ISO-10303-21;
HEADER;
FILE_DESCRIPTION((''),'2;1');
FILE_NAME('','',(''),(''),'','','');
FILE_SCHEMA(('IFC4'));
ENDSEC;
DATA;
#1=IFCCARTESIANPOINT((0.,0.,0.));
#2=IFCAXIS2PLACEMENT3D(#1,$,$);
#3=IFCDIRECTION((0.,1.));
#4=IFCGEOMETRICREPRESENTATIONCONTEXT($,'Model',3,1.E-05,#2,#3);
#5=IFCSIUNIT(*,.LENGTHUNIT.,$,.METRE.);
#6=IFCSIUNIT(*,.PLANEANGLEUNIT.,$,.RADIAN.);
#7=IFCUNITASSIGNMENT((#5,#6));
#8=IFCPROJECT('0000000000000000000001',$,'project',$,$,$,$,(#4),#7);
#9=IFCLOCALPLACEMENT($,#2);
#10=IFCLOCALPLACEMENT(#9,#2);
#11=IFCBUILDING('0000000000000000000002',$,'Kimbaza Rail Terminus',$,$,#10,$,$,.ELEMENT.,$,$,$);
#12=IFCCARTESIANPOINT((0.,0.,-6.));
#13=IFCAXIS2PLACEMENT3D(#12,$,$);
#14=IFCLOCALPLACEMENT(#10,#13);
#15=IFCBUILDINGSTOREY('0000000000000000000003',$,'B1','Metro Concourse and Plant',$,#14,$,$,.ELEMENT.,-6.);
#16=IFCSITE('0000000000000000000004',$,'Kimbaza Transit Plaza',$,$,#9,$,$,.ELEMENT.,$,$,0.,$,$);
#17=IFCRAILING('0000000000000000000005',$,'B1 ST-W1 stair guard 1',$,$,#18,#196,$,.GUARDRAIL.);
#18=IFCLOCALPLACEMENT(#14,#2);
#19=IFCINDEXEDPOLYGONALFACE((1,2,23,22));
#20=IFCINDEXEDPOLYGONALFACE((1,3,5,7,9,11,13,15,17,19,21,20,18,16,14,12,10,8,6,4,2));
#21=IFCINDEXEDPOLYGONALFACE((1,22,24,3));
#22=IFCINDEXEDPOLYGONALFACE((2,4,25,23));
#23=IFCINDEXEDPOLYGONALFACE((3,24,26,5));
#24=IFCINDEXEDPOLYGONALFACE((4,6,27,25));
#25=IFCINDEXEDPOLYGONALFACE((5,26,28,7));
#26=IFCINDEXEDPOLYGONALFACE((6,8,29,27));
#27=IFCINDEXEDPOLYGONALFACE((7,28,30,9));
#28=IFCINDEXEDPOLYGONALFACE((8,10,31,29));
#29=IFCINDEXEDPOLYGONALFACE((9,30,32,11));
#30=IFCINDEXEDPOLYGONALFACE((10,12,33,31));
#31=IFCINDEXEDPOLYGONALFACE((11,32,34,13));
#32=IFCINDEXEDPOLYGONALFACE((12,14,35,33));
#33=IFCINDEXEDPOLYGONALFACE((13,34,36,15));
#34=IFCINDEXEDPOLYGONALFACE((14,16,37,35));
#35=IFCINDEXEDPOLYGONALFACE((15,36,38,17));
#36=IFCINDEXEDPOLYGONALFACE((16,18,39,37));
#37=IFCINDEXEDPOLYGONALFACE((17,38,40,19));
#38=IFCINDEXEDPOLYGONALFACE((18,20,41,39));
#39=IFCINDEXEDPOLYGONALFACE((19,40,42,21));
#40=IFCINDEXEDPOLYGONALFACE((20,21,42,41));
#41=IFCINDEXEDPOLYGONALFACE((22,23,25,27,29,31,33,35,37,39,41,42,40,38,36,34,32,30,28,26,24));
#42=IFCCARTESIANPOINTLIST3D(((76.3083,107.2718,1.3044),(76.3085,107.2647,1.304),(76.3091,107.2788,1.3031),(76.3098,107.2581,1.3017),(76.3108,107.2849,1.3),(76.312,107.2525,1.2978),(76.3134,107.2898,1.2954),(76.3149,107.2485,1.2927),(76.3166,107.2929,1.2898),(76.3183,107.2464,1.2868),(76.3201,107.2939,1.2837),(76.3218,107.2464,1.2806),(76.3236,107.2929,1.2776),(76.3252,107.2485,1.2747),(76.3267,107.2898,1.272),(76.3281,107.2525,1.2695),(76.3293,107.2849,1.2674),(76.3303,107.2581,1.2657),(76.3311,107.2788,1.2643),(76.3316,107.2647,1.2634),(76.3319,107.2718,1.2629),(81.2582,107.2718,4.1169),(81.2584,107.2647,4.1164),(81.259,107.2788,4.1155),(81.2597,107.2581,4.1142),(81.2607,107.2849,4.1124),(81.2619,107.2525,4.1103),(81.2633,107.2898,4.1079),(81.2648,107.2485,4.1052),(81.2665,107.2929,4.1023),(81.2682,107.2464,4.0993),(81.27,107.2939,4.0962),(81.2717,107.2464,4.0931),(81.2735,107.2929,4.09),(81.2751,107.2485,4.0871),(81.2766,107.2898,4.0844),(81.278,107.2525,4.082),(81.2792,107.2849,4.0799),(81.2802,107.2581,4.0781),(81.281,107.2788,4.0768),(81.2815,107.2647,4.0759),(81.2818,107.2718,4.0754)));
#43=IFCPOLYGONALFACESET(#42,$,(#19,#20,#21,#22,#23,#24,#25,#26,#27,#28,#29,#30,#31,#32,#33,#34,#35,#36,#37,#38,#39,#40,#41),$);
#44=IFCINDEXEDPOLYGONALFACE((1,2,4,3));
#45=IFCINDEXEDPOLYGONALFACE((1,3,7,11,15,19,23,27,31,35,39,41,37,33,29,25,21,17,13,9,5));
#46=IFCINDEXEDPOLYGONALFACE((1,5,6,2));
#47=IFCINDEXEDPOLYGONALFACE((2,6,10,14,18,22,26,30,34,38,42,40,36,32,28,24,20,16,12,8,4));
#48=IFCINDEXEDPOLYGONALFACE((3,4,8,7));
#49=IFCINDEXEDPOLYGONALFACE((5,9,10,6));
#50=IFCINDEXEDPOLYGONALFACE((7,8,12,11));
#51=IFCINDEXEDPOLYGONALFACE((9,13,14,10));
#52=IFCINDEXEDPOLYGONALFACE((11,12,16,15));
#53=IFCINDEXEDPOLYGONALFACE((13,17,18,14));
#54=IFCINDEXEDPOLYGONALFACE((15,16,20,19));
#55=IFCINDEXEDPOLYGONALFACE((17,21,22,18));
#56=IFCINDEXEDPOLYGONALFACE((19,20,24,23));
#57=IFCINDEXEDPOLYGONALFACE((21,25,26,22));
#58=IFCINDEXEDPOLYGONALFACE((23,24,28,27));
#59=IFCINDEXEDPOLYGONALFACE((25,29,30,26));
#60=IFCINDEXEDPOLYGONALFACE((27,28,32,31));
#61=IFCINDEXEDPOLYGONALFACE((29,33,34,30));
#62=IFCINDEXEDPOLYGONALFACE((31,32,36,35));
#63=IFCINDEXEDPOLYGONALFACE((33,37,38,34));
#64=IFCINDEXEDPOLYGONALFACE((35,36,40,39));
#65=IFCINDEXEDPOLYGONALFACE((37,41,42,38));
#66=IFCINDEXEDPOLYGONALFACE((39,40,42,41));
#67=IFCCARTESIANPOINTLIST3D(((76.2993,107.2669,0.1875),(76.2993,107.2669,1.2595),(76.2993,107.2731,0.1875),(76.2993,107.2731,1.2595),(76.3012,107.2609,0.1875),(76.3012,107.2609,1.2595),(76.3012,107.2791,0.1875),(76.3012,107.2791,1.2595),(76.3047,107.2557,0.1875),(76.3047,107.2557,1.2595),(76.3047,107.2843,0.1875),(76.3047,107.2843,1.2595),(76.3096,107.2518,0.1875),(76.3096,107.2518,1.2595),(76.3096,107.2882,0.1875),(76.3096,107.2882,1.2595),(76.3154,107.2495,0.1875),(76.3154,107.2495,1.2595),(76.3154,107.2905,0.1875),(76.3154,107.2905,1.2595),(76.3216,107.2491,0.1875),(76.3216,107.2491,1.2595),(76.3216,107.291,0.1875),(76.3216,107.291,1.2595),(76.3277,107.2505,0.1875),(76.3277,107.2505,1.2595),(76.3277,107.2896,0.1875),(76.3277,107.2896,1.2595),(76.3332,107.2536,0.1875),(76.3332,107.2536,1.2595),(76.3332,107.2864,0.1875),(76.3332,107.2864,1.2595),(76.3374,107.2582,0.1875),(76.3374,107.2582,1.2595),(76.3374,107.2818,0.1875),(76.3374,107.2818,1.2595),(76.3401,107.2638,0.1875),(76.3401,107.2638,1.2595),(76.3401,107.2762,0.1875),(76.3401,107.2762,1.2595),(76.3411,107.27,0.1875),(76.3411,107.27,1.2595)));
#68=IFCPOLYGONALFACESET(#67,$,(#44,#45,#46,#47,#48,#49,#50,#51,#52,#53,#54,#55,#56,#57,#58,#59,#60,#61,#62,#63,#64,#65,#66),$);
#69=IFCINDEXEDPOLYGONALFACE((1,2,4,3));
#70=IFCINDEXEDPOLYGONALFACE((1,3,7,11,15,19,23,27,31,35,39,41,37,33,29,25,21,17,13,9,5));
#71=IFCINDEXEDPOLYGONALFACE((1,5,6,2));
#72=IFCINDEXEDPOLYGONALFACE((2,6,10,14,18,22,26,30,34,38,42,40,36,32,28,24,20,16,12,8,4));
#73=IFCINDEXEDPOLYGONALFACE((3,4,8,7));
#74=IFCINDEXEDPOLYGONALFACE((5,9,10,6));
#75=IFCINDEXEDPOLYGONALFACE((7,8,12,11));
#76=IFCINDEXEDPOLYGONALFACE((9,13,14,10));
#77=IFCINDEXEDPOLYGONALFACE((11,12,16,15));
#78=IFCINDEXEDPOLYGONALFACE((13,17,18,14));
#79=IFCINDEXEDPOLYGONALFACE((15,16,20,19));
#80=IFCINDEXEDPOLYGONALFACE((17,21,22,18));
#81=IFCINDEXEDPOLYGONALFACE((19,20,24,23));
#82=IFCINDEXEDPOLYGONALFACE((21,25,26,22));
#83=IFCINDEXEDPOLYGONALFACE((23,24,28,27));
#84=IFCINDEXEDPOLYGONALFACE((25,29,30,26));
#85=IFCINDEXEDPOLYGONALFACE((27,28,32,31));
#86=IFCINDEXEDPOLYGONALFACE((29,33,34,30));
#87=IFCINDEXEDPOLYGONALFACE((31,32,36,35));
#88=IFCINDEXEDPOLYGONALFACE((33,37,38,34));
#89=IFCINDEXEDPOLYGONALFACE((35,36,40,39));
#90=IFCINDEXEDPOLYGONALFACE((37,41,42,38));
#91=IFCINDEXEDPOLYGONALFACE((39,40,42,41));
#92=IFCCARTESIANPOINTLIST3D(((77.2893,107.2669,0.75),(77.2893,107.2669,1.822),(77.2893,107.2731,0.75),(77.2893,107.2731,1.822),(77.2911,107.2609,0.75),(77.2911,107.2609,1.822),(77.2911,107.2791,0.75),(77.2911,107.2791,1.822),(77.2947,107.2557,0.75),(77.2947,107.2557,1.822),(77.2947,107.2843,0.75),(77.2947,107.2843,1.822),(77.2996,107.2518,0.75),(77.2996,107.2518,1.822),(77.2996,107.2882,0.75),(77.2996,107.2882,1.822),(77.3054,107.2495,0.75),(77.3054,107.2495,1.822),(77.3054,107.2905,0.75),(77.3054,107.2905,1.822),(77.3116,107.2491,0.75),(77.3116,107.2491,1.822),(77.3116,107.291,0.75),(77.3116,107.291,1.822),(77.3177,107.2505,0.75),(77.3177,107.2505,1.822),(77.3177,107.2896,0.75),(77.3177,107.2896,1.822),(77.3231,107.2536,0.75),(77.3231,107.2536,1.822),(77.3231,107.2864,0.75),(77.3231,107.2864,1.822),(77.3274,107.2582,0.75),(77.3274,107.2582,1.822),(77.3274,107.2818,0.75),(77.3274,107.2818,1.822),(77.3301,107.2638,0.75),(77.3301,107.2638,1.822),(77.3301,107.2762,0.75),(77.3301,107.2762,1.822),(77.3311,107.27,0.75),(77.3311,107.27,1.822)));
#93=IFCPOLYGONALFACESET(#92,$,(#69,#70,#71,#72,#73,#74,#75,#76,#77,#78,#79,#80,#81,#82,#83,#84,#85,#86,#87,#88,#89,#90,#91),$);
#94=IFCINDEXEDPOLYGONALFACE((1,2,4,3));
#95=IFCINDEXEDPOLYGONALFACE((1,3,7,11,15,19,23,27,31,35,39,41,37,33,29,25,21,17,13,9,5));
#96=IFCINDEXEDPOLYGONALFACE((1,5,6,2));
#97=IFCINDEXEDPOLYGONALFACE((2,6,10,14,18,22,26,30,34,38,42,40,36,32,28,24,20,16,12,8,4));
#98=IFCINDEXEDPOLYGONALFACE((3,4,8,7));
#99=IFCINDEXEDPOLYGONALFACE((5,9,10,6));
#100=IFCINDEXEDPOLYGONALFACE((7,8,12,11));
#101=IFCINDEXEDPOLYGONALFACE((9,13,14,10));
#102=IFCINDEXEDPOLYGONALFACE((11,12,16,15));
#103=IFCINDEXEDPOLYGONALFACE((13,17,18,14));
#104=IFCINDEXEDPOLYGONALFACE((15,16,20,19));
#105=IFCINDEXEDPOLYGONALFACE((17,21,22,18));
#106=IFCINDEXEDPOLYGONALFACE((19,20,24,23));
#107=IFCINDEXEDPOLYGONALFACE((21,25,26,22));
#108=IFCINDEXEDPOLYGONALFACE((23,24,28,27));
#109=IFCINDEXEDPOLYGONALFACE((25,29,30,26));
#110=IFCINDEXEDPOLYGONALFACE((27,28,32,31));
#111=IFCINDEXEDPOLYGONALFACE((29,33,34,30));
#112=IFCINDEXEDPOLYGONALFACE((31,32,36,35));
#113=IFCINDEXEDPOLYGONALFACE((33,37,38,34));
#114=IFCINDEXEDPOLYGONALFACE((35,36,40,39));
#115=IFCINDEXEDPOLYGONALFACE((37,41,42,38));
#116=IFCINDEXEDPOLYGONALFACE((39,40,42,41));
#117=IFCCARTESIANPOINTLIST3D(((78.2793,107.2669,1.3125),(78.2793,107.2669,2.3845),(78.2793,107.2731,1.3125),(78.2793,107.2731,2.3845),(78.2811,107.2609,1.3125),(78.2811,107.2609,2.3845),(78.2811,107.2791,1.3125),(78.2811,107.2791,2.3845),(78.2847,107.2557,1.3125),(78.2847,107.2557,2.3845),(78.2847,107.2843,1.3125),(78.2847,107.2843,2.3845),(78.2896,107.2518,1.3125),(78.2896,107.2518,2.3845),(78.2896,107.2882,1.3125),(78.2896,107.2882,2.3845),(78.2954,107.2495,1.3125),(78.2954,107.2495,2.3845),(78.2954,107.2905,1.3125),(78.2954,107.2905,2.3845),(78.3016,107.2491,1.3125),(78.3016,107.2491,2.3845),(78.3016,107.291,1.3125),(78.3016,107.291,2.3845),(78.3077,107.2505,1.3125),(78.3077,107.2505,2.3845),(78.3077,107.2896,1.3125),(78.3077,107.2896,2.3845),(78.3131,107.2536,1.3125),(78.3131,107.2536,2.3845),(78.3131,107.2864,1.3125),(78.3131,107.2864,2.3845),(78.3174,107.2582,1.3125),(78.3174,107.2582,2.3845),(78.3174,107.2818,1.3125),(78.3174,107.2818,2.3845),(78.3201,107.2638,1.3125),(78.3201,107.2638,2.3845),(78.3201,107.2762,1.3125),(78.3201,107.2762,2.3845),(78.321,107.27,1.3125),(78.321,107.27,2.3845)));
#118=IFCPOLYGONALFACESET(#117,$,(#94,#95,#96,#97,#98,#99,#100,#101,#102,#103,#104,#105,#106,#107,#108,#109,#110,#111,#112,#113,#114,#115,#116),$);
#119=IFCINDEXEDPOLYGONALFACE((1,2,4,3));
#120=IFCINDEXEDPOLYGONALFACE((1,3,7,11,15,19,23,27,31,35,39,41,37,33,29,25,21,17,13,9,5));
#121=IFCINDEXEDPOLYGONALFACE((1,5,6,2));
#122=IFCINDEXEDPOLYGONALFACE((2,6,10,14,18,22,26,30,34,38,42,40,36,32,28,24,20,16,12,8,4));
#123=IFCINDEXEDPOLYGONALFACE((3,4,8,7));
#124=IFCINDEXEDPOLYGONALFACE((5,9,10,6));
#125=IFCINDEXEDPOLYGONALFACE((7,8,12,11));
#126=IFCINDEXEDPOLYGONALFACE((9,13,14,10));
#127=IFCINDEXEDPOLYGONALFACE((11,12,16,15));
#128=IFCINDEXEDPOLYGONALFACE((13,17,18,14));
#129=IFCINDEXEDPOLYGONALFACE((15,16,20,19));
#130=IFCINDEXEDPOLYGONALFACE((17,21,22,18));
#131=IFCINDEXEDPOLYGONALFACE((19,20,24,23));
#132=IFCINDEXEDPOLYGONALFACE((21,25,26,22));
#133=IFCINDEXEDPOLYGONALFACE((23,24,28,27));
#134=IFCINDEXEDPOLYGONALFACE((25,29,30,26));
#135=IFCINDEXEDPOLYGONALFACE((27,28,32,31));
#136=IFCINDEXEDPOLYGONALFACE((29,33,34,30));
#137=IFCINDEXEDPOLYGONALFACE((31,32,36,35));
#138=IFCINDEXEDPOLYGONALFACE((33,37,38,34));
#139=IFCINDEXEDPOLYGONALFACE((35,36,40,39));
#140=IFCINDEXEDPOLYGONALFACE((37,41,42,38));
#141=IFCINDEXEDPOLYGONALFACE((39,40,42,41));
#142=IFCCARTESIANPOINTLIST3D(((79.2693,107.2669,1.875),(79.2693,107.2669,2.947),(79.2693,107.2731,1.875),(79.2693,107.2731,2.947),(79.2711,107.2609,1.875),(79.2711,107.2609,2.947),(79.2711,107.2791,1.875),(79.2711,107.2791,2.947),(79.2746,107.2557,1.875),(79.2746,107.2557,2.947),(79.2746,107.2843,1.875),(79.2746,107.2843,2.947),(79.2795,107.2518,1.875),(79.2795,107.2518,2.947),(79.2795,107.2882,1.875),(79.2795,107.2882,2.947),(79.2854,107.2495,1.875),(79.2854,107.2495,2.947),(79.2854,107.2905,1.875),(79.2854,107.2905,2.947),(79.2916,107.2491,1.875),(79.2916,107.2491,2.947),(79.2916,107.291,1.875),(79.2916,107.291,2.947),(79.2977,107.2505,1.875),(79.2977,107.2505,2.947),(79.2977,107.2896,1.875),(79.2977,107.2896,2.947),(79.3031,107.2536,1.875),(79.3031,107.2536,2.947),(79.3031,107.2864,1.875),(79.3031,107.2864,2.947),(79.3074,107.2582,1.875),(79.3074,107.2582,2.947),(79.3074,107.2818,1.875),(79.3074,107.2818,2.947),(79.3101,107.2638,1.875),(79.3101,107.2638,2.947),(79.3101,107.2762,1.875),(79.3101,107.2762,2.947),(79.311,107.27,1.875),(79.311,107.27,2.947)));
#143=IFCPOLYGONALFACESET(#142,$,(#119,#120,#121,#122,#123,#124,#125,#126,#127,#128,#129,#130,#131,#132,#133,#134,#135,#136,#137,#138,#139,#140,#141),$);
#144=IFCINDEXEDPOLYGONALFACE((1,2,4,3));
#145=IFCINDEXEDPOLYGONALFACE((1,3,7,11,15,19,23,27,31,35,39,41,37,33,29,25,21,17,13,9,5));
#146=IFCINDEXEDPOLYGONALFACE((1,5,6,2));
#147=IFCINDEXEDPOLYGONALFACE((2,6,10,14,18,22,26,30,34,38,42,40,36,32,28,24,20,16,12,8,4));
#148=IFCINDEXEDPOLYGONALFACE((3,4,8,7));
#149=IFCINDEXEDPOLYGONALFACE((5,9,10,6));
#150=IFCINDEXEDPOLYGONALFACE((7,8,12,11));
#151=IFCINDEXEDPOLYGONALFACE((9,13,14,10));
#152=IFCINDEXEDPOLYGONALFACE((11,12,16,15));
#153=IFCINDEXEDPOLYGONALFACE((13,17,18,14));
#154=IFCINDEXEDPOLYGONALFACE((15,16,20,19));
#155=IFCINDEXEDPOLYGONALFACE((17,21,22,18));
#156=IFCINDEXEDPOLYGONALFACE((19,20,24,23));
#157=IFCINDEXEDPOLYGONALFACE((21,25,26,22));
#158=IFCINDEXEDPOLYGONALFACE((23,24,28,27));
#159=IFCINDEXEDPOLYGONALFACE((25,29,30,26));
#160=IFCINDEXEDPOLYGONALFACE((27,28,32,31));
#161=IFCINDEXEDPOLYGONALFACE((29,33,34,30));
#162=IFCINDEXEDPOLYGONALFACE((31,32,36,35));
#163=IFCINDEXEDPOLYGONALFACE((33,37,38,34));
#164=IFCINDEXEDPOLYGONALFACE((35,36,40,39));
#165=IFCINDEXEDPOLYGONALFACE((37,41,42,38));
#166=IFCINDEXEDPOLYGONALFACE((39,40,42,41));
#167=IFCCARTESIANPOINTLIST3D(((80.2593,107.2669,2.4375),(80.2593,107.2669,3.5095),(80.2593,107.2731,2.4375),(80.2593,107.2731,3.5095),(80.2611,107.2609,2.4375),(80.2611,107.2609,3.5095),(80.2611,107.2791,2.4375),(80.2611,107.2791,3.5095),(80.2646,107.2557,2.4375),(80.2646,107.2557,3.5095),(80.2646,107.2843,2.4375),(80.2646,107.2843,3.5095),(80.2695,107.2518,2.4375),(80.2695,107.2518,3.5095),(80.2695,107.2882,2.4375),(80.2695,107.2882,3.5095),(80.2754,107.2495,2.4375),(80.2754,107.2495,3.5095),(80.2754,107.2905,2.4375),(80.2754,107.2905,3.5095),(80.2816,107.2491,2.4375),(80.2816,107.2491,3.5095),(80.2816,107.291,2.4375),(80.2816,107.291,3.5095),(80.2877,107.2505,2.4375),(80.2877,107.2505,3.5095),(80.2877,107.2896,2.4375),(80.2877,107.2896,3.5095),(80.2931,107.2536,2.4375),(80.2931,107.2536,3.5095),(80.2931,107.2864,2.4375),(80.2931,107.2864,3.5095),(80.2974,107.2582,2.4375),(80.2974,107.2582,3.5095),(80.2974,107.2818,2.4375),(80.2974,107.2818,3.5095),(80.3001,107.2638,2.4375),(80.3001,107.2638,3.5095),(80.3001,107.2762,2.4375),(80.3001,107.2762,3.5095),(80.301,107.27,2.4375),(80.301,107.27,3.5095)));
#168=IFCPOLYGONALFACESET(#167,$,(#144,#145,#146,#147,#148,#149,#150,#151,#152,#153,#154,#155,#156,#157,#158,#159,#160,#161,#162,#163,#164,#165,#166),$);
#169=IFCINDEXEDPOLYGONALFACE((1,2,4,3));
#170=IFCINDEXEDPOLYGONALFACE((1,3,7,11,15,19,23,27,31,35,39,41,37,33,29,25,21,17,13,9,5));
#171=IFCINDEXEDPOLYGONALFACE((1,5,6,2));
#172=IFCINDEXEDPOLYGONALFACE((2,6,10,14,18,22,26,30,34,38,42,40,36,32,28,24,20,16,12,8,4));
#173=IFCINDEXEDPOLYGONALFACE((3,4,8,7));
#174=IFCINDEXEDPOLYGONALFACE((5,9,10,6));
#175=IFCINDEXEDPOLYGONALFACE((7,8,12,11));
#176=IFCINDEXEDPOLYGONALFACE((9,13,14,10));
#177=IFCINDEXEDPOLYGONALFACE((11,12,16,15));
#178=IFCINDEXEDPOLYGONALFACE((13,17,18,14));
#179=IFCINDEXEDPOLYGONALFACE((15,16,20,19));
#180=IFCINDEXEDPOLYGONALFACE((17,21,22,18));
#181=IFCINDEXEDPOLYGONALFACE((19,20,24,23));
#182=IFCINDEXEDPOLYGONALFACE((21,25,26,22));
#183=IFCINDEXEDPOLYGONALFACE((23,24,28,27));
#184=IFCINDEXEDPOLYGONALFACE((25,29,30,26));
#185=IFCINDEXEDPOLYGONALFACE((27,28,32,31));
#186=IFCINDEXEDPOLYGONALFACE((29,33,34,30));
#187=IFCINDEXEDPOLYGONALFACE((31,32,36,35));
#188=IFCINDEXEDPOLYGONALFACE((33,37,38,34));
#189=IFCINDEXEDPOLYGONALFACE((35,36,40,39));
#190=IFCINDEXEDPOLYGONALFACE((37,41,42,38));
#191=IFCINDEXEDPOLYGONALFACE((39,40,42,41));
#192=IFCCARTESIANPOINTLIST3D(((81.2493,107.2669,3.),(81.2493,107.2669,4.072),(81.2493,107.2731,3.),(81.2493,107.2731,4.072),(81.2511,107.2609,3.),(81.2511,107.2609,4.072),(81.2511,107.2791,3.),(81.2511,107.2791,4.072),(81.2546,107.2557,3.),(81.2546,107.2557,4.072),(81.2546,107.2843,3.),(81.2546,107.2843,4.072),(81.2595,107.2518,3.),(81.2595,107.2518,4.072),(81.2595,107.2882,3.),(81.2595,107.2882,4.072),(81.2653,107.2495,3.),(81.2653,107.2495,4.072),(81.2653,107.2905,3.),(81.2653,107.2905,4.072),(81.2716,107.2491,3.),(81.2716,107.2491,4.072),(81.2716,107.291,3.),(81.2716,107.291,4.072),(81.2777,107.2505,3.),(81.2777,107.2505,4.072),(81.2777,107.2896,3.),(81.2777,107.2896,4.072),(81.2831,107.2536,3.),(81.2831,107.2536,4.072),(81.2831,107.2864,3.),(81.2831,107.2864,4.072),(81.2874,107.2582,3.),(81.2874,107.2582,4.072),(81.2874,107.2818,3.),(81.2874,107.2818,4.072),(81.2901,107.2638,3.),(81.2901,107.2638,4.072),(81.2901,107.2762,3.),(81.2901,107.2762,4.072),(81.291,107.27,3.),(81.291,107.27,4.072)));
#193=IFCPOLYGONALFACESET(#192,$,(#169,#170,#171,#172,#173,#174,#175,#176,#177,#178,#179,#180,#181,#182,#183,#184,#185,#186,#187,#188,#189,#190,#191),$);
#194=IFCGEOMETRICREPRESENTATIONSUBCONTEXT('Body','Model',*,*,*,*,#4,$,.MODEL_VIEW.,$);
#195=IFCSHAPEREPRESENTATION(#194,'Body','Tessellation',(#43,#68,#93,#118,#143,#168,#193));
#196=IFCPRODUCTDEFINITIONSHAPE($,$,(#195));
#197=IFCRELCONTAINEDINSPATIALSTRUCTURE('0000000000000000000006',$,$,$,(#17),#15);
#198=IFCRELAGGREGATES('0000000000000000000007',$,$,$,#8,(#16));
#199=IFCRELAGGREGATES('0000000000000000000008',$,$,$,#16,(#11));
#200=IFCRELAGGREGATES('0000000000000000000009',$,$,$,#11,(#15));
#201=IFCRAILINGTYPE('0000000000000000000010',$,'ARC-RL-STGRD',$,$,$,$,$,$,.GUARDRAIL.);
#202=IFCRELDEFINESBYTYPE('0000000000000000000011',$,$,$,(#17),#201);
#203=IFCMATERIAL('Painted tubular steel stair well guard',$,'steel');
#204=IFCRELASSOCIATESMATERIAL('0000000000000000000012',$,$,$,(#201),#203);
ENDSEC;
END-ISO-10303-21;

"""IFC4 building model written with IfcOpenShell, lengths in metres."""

from ifc_helpers import new_model, si_unit, direction, frame, origin, origin_2d, place, context, subcontext, project, spatial, circle, extrude, material, type_object, element, save


model = new_model("IFC4")

# Units and contexts
model_context = context("Model", 3, precision=1e-05, world=origin(), true_north=direction((0.0, 1.0)))
body_context = subcontext(model_context, "Body", "Model", "MODEL_VIEW")
ifc_project = project(units=[si_unit("LENGTHUNIT", "METRE"), si_unit("PLANEANGLEUNIT", "RADIAN")], contexts=[model_context])

# Site, building, storey
site_placement = place(None, origin())
site = spatial("IfcSite", under=ifc_project, at=site_placement, Name="Kimbaza Transit Plaza", CompositionType="ELEMENT", RefElevation=0.0)
building_placement = place(site_placement, origin())
building = spatial("IfcBuilding", under=site, at=building_placement, Name="Kimbaza Rail Terminus", CompositionType="ELEMENT")
storey_placement = place(building_placement, frame((0.0, 0.0, -6.0)))
storey = spatial("IfcBuildingStorey", under=building, at=storey_placement, Name="B1", Description="Metro Concourse and Plant", CompositionType="ELEMENT", Elevation=-6.0)

# Railing
ifc_material_1 = material(Name="Painted tubular steel stair well guard", Category="steel")
railing_type_1 = type_object("IfcRailingType", Name="ARC-RL-STGRD", PredefinedType="GUARDRAIL", material=ifc_material_1)
railing_1_placement = place(storey_placement, frame((76.3201, 107.27, 0.1875)))
element("IfcRailing", 1, at=railing_1_placement, inside=storey, type_object=railing_type_1, Name="B1 ST-W1 stair guard 1", PredefinedType="GUARDRAIL", context=body_context, shape_type="SweptSolid", body=[
    extrude(circle(Radius=0.0239, at=origin_2d()), frame((0.0, 0.0, 1.0962), z_axis=(0.869454, 0.0, 0.494013), x_axis=(0.0, 1.0, 0.0)), (0.0, 0.0, 1.0), 5.6931),
    extrude(circle(Radius=0.021, at=origin_2d()), origin(), (0.0, 0.0, 1.0), 1.072),
    extrude(circle(Radius=0.021, at=origin_2d()), frame((0.99, 0.0, 0.5625)), (0.0, 0.0, 1.0), 1.072),
    extrude(circle(Radius=0.021, at=origin_2d()), frame((1.98, 0.0, 1.125)), (0.0, 0.0, 1.0), 1.072),
    extrude(circle(Radius=0.021, at=origin_2d()), frame((2.97, 0.0, 1.6875)), (0.0, 0.0, 1.0), 1.072),
    extrude(circle(Radius=0.021, at=origin_2d()), frame((3.96, 0.0, 2.25)), (0.0, 0.0, 1.0), 1.072),
    extrude(circle(Radius=0.021, at=origin_2d()), frame((4.95, 0.0, 2.8125)), (0.0, 0.0, 1.0), 1.072),
])

save(model, "model.ifc")
